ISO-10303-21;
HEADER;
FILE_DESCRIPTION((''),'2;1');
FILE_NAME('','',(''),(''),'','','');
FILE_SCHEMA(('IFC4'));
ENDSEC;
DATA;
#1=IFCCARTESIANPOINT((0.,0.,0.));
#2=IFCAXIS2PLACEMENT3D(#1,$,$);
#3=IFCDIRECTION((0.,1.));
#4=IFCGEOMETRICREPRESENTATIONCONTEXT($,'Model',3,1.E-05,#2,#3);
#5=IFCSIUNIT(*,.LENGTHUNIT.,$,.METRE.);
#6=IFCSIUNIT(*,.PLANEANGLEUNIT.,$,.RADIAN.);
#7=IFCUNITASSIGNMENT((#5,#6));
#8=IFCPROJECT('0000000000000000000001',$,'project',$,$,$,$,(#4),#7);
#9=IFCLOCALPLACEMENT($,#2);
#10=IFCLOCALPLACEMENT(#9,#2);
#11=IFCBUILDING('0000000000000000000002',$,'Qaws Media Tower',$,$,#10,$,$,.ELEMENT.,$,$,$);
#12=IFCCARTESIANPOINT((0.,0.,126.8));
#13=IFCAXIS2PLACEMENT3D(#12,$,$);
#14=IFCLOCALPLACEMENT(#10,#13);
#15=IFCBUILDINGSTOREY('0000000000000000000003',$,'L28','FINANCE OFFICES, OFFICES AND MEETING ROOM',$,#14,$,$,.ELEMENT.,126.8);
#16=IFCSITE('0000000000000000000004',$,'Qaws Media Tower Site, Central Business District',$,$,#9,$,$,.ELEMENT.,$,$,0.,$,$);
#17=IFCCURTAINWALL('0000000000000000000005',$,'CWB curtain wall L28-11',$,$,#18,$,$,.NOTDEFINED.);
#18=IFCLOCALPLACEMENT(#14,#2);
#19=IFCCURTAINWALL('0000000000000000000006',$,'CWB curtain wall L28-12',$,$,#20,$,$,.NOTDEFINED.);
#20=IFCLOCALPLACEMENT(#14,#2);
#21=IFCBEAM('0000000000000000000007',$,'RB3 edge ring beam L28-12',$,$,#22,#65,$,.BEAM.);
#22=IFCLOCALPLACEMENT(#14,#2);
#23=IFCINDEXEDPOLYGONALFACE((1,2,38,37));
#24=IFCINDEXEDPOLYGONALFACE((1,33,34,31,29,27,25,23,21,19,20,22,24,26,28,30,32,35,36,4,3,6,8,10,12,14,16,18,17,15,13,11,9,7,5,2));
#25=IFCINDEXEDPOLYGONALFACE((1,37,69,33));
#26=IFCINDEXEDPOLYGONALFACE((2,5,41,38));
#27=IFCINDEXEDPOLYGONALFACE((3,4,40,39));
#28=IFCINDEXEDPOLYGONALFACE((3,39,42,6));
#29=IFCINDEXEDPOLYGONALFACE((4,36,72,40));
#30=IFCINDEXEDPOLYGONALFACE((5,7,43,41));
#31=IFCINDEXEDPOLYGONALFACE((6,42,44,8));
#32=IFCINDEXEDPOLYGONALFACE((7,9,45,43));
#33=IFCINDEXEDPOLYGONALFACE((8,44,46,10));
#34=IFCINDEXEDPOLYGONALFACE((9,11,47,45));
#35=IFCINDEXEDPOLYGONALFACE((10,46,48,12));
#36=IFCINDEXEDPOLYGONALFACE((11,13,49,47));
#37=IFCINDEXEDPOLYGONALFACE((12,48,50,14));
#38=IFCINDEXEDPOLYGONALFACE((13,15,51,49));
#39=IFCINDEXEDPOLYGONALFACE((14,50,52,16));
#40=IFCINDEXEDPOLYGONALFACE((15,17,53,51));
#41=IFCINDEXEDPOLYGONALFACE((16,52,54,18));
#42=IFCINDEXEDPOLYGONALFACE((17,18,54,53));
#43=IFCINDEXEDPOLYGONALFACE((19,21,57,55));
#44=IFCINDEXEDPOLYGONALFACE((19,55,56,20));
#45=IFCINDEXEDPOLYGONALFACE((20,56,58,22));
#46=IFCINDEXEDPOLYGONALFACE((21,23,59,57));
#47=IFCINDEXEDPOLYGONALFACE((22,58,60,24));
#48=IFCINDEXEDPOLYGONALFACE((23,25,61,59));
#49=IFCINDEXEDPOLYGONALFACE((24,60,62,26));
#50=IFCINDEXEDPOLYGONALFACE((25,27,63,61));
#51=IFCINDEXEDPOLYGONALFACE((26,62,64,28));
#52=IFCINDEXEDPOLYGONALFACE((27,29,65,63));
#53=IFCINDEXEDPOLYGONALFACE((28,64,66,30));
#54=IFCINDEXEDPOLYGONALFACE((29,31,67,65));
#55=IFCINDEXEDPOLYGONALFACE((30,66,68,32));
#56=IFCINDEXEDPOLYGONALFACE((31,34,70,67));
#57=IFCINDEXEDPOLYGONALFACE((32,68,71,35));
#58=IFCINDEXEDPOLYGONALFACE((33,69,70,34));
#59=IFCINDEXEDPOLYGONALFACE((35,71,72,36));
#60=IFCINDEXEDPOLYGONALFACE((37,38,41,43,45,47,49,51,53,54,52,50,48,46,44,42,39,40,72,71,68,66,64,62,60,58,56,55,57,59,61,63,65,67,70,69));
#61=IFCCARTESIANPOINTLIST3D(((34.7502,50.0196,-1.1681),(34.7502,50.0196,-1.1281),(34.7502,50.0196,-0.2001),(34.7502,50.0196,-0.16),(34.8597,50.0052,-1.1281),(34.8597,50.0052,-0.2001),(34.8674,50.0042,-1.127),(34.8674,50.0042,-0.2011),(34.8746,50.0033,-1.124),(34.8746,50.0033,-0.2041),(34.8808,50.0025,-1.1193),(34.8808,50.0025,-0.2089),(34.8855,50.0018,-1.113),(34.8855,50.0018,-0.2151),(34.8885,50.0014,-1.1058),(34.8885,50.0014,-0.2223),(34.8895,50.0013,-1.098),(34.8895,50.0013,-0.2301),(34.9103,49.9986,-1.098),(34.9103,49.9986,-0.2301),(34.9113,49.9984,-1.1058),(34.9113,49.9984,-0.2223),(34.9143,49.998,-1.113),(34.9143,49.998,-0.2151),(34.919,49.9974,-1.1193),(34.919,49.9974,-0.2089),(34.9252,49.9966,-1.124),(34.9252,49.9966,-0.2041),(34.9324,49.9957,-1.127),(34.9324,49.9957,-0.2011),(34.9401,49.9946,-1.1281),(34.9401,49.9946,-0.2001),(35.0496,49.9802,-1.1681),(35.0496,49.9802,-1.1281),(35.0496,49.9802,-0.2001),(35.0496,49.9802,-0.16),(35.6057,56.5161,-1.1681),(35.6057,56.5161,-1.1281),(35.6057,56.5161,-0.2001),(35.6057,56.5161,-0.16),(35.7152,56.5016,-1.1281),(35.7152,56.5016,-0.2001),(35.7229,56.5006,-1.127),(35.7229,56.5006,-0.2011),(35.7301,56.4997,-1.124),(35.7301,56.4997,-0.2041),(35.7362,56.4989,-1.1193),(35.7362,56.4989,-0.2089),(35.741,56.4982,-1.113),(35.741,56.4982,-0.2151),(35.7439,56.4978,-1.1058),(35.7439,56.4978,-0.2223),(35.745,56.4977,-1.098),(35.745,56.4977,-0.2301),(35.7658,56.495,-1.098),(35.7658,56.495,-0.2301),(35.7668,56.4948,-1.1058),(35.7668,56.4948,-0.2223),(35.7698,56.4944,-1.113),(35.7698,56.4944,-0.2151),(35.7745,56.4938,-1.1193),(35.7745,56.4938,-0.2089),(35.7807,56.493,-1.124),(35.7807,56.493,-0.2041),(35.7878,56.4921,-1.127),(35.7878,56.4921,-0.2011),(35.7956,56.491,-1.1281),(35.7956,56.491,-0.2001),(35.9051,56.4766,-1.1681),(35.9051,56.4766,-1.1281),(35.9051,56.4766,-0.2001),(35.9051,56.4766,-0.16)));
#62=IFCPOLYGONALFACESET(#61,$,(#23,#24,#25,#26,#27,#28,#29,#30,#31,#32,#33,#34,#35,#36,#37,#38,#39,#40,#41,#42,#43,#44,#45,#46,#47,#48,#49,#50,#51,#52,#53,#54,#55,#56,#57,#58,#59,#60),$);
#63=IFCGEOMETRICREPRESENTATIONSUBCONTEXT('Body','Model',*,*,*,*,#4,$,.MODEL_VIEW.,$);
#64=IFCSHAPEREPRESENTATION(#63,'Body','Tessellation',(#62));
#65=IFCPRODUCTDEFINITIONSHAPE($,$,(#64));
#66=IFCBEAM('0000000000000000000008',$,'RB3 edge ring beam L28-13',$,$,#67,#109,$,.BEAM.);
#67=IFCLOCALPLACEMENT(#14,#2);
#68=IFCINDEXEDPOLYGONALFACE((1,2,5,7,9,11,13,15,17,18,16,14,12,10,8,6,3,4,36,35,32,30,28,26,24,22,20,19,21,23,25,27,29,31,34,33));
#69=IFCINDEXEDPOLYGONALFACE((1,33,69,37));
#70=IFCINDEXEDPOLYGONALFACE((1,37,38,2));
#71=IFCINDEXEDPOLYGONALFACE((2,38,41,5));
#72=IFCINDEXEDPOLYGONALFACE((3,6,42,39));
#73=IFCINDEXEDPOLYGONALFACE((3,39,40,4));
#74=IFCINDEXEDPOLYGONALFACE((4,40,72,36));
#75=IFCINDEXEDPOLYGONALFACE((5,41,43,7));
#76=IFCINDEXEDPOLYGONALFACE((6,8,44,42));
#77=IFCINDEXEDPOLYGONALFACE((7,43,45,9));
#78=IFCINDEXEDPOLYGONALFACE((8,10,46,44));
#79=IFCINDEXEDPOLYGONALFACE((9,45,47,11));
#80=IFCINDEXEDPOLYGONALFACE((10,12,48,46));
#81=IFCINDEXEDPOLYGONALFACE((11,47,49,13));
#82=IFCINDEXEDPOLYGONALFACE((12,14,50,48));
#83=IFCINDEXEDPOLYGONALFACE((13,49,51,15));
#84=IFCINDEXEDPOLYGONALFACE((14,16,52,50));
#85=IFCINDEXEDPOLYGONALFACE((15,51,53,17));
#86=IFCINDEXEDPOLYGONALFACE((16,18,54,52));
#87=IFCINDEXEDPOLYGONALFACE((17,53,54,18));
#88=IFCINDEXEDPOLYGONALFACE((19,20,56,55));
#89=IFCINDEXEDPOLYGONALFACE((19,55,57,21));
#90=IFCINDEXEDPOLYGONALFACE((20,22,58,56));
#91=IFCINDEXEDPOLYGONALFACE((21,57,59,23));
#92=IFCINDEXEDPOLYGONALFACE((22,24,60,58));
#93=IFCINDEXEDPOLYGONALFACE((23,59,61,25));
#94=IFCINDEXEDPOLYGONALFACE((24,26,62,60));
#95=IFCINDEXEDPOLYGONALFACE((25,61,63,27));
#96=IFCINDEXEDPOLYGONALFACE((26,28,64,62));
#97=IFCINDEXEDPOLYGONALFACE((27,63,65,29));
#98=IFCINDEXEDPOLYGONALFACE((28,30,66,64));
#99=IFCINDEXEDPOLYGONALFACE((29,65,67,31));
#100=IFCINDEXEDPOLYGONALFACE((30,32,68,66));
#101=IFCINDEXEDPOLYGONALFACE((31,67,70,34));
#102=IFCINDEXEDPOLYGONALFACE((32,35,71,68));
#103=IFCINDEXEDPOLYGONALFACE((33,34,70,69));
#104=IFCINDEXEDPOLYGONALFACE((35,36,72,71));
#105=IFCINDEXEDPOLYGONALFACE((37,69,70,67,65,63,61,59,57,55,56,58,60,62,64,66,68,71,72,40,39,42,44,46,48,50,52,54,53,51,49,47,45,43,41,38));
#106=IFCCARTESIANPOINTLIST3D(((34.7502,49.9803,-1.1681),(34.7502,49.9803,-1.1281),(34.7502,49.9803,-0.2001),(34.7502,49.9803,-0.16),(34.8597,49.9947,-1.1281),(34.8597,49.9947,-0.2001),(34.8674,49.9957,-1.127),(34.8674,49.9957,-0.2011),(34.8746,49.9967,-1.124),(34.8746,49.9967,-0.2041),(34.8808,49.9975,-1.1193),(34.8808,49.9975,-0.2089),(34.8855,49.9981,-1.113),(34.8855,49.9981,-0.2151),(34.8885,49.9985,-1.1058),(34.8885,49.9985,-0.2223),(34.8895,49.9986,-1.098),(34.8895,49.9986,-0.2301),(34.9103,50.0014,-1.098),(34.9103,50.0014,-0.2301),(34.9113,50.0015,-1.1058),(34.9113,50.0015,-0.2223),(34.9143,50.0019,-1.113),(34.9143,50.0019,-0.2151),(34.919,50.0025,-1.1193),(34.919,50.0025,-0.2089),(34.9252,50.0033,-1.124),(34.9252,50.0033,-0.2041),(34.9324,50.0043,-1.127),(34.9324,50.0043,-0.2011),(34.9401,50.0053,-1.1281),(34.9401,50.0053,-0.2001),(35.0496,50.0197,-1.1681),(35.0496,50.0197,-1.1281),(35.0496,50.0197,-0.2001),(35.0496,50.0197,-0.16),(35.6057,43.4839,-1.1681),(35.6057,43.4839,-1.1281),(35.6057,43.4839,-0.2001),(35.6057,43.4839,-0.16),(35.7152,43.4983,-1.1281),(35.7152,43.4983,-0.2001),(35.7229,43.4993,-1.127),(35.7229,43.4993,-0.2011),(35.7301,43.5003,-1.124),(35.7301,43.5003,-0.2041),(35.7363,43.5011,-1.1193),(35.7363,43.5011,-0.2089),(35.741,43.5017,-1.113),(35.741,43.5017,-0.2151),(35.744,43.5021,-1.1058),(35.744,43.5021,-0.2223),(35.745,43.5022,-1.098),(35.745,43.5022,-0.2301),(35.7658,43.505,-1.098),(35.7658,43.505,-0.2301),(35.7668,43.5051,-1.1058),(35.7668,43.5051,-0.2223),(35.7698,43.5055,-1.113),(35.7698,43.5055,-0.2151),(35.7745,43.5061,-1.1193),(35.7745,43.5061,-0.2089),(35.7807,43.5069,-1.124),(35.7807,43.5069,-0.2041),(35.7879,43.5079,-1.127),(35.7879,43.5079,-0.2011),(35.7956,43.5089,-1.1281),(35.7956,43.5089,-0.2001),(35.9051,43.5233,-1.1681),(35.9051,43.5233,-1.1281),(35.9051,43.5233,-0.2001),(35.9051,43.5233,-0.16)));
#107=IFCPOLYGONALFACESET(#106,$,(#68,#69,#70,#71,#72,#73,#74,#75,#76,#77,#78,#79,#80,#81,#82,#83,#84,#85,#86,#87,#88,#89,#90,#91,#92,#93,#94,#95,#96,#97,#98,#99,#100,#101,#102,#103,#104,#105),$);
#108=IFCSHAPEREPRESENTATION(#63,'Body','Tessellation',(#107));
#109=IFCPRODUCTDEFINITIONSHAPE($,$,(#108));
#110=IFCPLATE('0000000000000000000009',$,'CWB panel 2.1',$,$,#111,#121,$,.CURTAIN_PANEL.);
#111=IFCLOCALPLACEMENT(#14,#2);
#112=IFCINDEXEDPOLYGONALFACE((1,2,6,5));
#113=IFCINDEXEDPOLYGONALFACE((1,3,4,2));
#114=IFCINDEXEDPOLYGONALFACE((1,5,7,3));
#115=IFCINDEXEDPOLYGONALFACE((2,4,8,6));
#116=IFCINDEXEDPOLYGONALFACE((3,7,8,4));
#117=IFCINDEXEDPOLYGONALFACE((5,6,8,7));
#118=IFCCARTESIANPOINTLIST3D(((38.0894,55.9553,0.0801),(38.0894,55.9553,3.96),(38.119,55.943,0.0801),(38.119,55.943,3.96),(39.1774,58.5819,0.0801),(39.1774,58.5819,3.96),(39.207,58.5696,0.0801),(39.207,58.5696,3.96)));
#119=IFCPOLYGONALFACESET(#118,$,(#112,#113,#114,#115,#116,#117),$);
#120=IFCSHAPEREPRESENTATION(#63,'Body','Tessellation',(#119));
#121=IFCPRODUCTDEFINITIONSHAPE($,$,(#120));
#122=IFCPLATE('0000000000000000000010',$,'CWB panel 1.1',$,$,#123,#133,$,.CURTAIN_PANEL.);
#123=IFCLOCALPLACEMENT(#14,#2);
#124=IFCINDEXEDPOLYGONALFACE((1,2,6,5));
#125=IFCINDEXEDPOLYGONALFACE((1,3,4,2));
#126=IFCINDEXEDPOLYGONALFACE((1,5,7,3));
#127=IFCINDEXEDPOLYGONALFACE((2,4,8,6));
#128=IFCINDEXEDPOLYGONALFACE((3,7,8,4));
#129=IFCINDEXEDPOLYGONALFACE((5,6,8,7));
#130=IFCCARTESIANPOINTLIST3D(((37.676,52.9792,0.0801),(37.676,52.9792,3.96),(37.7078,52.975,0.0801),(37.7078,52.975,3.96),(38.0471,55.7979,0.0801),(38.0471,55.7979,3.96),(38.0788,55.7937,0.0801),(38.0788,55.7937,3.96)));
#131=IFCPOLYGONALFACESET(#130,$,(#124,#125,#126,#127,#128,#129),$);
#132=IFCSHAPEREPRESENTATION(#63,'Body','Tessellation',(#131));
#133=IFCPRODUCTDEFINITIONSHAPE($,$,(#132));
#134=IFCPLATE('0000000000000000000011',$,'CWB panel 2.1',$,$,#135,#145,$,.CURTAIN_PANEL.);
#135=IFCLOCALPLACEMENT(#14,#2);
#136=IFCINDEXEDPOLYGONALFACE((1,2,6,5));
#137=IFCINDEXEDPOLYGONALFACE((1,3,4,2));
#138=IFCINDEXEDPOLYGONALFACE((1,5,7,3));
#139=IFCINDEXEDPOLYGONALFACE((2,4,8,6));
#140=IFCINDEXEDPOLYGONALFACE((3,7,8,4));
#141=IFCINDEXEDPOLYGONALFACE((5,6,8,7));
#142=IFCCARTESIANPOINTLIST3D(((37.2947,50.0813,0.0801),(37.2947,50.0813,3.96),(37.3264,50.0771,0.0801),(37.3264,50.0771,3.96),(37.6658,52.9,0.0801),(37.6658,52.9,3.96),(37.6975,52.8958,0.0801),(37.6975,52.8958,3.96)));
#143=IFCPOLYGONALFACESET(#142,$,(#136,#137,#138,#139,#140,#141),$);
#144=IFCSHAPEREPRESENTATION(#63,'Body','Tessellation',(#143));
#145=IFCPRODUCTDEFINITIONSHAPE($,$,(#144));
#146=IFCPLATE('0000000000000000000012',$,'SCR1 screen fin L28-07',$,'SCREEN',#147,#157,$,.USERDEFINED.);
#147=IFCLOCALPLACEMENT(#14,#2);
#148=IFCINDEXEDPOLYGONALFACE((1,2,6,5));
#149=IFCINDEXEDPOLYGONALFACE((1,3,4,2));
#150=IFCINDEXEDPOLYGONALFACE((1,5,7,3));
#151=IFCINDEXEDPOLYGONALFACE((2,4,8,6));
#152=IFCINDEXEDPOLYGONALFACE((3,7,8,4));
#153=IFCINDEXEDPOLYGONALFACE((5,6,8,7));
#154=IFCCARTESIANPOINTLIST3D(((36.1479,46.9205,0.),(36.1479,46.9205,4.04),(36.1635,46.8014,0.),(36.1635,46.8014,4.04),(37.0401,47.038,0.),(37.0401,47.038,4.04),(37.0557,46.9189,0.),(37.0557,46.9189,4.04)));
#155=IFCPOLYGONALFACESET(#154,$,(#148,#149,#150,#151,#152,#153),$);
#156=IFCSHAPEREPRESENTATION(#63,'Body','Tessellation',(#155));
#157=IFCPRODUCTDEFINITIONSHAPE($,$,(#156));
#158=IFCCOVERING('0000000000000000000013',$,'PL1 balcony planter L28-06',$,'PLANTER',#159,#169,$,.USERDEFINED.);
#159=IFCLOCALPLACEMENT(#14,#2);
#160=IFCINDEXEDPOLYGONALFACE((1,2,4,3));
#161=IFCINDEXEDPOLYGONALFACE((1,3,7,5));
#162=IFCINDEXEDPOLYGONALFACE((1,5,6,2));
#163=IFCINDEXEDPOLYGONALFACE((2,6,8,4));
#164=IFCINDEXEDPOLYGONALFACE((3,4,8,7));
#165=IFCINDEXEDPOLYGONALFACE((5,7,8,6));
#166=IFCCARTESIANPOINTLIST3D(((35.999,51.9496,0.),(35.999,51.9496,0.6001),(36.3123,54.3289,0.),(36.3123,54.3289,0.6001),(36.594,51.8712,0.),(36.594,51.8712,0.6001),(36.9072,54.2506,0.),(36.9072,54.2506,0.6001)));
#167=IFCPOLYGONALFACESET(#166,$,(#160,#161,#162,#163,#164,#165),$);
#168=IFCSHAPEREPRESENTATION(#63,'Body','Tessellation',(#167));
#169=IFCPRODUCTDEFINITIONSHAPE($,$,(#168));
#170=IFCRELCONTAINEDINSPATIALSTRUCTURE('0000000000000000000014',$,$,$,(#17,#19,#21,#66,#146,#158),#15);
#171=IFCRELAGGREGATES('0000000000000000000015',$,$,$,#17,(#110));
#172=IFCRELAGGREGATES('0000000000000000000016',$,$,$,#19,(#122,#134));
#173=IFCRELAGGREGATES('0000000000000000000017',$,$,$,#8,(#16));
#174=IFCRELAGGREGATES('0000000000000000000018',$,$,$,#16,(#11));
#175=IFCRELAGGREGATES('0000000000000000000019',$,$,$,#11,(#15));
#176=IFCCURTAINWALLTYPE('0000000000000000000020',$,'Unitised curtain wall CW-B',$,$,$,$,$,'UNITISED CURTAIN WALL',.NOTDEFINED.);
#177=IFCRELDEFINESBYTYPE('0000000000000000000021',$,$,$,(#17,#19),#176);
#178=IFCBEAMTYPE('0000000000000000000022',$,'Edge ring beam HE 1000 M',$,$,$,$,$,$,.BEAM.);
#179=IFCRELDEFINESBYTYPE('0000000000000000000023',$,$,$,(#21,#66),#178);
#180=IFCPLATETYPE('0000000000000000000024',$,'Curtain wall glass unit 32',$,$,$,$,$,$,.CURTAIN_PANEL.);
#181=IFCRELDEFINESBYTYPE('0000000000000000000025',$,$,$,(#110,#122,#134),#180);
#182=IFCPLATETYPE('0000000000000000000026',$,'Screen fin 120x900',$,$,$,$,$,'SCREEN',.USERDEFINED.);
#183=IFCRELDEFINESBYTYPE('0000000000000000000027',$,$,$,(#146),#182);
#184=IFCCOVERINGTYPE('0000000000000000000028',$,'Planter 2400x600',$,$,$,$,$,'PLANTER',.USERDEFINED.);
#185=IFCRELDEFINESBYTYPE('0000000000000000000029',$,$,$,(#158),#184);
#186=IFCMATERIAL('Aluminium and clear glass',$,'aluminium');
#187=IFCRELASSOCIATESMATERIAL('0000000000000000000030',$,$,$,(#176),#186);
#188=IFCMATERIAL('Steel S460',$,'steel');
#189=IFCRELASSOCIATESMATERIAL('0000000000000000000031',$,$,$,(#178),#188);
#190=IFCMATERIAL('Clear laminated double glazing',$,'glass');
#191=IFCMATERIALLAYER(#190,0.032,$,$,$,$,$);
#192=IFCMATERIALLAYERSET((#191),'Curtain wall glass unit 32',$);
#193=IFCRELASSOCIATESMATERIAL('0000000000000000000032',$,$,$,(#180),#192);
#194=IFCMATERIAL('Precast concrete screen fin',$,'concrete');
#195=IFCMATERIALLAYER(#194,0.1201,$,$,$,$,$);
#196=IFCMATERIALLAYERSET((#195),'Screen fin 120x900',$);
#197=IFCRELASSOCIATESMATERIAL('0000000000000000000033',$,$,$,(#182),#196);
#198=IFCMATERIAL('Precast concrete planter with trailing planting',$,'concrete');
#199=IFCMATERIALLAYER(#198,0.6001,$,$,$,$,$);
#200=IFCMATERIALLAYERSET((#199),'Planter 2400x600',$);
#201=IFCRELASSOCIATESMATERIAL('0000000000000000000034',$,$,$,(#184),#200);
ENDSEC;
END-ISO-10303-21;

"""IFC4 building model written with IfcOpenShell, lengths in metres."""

from ifc_helpers import new_model, si_unit, direction, frame, origin, origin_2d, place, context, subcontext, project, spatial, rectangle, i_section, extrude, material, layer, layer_set, material_profile, profile_set, type_object, element, aggregate, save


model = new_model("IFC4")

# Units and contexts
model_context = context("Model", 3, precision=1e-05, world=origin(), true_north=direction((0.0, 1.0)))
body_context = subcontext(model_context, "Body", "Model", "MODEL_VIEW")
ifc_project = project(units=[si_unit("LENGTHUNIT", "METRE"), si_unit("PLANEANGLEUNIT", "RADIAN")], contexts=[model_context])

# Site, building, storey
site_placement = place(None, origin())
site = spatial("IfcSite", under=ifc_project, at=site_placement, Name="Qaws Media Tower Site, Central Business District", CompositionType="ELEMENT", RefElevation=0.0)
building_placement = place(site_placement, origin())
building = spatial("IfcBuilding", under=site, at=building_placement, Name="Qaws Media Tower", CompositionType="ELEMENT")
storey_placement = place(building_placement, frame((0.0, 0.0, 126.8)))
storey = spatial("IfcBuildingStorey", under=building, at=storey_placement, Name="L28", Description="FINANCE OFFICES, OFFICES AND MEETING ROOM", CompositionType="ELEMENT", Elevation=126.8)

# Curtain walls
ifc_material_1 = material(Name="Aluminium and clear glass", Category="aluminium")
curtain_wall_type = type_object("IfcCurtainWallType", Name="Unitised curtain wall CW-B", ElementType="UNITISED CURTAIN WALL", PredefinedType="NOTDEFINED", material=ifc_material_1)
curtain_wall_1_placement = place(storey_placement, origin())
curtain_wall_1 = element("IfcCurtainWall", 1, at=curtain_wall_1_placement, inside=storey, type_object=curtain_wall_type, Name="CWB curtain wall L28-11", PredefinedType="NOTDEFINED")
curtain_wall_2_placement = place(storey_placement, origin())
curtain_wall_2 = element("IfcCurtainWall", 2, at=curtain_wall_2_placement, inside=storey, type_object=curtain_wall_type, Name="CWB curtain wall L28-12", PredefinedType="NOTDEFINED")

# Beams
ifc_material_2 = material(Name="Steel S460", Category="steel")
ifc_material_profile_1 = material_profile(ifc_material_2, i_section(OverallWidth=0.302, OverallDepth=1.0081, WebThickness=0.021, FlangeThickness=0.04, FilletRadius=0.03, at=origin_2d()), Name="HE 1000 M")
ifc_profile_set_1 = profile_set([ifc_material_profile_1], Name="Steel S460")
beam_type = type_object("IfcBeamType", Name="Edge ring beam HE 1000 M", PredefinedType="BEAM", material=ifc_profile_set_1)
for number, where, z_axis, x_axis, name in (
    (3, (35.7554, 56.4963, -0.6641), (-0.130558, -0.991441, 0.0), (0.991441, -0.130558, 0.0), "RB3 edge ring beam L28-12"),
    (4, (34.8999, 50.0, -0.6641), (0.130558, -0.991441, 0.0), (0.991441, 0.130558, 0.0), "RB3 edge ring beam L28-13"),
):
    element("IfcBeam", number, at=place(storey_placement, frame(where, z_axis=z_axis, x_axis=x_axis)), inside=storey, type_object=beam_type, Name=name, PredefinedType="BEAM", context=body_context, shape_type="SweptSolid", body=[
        extrude(i_section(OverallWidth=0.302, OverallDepth=1.0081, WebThickness=0.021, FlangeThickness=0.04, FilletRadius=0.03, at=origin_2d()), origin(), (0.0, 0.0, 1.0), 6.5525),
    ])

# Plates
ifc_material_3 = material(Name="Clear laminated double glazing", Category="glass")
ifc_layer_1 = layer(ifc_material_3, 0.032)
ifc_layer_set_1 = layer_set([ifc_layer_1], Name="Curtain wall glass unit 32")
plate_type_1 = type_object("IfcPlateType", Name="Curtain wall glass unit 32", PredefinedType="CURTAIN_PANEL", material=ifc_layer_set_1)
plate_1_placement = place(storey_placement, frame((38.6482, 57.2625, 0.0801), z_axis=(0.0, 0.0, 1.0), x_axis=(-0.382683, -0.92388, 0.0)))
plate_1 = element("IfcPlate", 5, at=plate_1_placement, type_object=plate_type_1, Name="CWB panel 2.1", PredefinedType="CURTAIN_PANEL", context=body_context, shape_type="SweptSolid", body=[
    extrude(rectangle(XDim=2.843, YDim=0.032, at=origin_2d()), origin(), (0.0, 0.0, 1.0), 3.8799),
])
aggregate(curtain_wall_1, [plate_1])
plate_2_placement = place(storey_placement, frame((37.8774, 54.3865, 0.0801), z_axis=(0.0, 0.0, 1.0), x_axis=(-0.130526, -0.991445, 0.0)))
plate_2 = element("IfcPlate", 6, at=plate_2_placement, type_object=plate_type_1, Name="CWB panel 1.1", PredefinedType="CURTAIN_PANEL", context=body_context, shape_type="SweptSolid", body=[
    extrude(rectangle(XDim=2.843, YDim=0.032, at=origin_2d()), origin(), (0.0, 0.0, 1.0), 3.8799),
])
plate_3_placement = place(storey_placement, frame((37.4961, 51.4885, 0.0801), z_axis=(0.0, 0.0, 1.0), x_axis=(-0.130526, -0.991445, 0.0)))
plate_3 = element("IfcPlate", 7, at=plate_3_placement, type_object=plate_type_1, Name="CWB panel 2.1", PredefinedType="CURTAIN_PANEL", context=body_context, shape_type="SweptSolid", body=[
    extrude(rectangle(XDim=2.843, YDim=0.032, at=origin_2d()), origin(), (0.0, 0.0, 1.0), 3.8799),
])
aggregate(curtain_wall_2, [plate_2, plate_3])
ifc_material_4 = material(Name="Precast concrete screen fin", Category="concrete")
ifc_layer_2 = layer(ifc_material_4, 0.1201)
ifc_layer_set_2 = layer_set([ifc_layer_2], Name="Screen fin 120x900")
plate_type_2 = type_object("IfcPlateType", Name="Screen fin 120x900", ElementType="SCREEN", PredefinedType="USERDEFINED", material=ifc_layer_set_2)
plate_4_placement = place(storey_placement, frame((36.6018, 46.9197, 0.0), z_axis=(0.0, 0.0, 1.0), x_axis=(-0.991445, -0.130526, 0.0)))
element("IfcPlate", 8, at=plate_4_placement, inside=storey, type_object=plate_type_2, Name="SCR1 screen fin L28-07", ObjectType="SCREEN", PredefinedType="USERDEFINED", context=body_context, shape_type="SweptSolid", body=[
    extrude(rectangle(XDim=0.8999, YDim=0.1201, at=origin_2d()), origin(), (0.0, 0.0, 1.0), 4.04),
])

# Covering
ifc_material_5 = material(Name="Precast concrete planter with trailing planting", Category="concrete")
ifc_layer_3 = layer(ifc_material_5, 0.6001)
ifc_layer_set_3 = layer_set([ifc_layer_3], Name="Planter 2400x600")
covering_type = type_object("IfcCoveringType", Name="Planter 2400x600", ElementType="PLANTER", PredefinedType="USERDEFINED", material=ifc_layer_set_3)
covering_placement = place(storey_placement, frame((36.4531, 53.1001, 0.0), z_axis=(0.0, 0.0, 1.0), x_axis=(-0.130526, -0.991445, 0.0)))
element("IfcCovering", 9, at=covering_placement, inside=storey, type_object=covering_type, Name="PL1 balcony planter L28-06", ObjectType="PLANTER", PredefinedType="USERDEFINED", context=body_context, shape_type="SweptSolid", body=[
    extrude(rectangle(XDim=2.3999, YDim=0.6001, at=origin_2d()), origin(), (0.0, 0.0, 1.0), 0.6001),
])

save(model, "model.ifc")
